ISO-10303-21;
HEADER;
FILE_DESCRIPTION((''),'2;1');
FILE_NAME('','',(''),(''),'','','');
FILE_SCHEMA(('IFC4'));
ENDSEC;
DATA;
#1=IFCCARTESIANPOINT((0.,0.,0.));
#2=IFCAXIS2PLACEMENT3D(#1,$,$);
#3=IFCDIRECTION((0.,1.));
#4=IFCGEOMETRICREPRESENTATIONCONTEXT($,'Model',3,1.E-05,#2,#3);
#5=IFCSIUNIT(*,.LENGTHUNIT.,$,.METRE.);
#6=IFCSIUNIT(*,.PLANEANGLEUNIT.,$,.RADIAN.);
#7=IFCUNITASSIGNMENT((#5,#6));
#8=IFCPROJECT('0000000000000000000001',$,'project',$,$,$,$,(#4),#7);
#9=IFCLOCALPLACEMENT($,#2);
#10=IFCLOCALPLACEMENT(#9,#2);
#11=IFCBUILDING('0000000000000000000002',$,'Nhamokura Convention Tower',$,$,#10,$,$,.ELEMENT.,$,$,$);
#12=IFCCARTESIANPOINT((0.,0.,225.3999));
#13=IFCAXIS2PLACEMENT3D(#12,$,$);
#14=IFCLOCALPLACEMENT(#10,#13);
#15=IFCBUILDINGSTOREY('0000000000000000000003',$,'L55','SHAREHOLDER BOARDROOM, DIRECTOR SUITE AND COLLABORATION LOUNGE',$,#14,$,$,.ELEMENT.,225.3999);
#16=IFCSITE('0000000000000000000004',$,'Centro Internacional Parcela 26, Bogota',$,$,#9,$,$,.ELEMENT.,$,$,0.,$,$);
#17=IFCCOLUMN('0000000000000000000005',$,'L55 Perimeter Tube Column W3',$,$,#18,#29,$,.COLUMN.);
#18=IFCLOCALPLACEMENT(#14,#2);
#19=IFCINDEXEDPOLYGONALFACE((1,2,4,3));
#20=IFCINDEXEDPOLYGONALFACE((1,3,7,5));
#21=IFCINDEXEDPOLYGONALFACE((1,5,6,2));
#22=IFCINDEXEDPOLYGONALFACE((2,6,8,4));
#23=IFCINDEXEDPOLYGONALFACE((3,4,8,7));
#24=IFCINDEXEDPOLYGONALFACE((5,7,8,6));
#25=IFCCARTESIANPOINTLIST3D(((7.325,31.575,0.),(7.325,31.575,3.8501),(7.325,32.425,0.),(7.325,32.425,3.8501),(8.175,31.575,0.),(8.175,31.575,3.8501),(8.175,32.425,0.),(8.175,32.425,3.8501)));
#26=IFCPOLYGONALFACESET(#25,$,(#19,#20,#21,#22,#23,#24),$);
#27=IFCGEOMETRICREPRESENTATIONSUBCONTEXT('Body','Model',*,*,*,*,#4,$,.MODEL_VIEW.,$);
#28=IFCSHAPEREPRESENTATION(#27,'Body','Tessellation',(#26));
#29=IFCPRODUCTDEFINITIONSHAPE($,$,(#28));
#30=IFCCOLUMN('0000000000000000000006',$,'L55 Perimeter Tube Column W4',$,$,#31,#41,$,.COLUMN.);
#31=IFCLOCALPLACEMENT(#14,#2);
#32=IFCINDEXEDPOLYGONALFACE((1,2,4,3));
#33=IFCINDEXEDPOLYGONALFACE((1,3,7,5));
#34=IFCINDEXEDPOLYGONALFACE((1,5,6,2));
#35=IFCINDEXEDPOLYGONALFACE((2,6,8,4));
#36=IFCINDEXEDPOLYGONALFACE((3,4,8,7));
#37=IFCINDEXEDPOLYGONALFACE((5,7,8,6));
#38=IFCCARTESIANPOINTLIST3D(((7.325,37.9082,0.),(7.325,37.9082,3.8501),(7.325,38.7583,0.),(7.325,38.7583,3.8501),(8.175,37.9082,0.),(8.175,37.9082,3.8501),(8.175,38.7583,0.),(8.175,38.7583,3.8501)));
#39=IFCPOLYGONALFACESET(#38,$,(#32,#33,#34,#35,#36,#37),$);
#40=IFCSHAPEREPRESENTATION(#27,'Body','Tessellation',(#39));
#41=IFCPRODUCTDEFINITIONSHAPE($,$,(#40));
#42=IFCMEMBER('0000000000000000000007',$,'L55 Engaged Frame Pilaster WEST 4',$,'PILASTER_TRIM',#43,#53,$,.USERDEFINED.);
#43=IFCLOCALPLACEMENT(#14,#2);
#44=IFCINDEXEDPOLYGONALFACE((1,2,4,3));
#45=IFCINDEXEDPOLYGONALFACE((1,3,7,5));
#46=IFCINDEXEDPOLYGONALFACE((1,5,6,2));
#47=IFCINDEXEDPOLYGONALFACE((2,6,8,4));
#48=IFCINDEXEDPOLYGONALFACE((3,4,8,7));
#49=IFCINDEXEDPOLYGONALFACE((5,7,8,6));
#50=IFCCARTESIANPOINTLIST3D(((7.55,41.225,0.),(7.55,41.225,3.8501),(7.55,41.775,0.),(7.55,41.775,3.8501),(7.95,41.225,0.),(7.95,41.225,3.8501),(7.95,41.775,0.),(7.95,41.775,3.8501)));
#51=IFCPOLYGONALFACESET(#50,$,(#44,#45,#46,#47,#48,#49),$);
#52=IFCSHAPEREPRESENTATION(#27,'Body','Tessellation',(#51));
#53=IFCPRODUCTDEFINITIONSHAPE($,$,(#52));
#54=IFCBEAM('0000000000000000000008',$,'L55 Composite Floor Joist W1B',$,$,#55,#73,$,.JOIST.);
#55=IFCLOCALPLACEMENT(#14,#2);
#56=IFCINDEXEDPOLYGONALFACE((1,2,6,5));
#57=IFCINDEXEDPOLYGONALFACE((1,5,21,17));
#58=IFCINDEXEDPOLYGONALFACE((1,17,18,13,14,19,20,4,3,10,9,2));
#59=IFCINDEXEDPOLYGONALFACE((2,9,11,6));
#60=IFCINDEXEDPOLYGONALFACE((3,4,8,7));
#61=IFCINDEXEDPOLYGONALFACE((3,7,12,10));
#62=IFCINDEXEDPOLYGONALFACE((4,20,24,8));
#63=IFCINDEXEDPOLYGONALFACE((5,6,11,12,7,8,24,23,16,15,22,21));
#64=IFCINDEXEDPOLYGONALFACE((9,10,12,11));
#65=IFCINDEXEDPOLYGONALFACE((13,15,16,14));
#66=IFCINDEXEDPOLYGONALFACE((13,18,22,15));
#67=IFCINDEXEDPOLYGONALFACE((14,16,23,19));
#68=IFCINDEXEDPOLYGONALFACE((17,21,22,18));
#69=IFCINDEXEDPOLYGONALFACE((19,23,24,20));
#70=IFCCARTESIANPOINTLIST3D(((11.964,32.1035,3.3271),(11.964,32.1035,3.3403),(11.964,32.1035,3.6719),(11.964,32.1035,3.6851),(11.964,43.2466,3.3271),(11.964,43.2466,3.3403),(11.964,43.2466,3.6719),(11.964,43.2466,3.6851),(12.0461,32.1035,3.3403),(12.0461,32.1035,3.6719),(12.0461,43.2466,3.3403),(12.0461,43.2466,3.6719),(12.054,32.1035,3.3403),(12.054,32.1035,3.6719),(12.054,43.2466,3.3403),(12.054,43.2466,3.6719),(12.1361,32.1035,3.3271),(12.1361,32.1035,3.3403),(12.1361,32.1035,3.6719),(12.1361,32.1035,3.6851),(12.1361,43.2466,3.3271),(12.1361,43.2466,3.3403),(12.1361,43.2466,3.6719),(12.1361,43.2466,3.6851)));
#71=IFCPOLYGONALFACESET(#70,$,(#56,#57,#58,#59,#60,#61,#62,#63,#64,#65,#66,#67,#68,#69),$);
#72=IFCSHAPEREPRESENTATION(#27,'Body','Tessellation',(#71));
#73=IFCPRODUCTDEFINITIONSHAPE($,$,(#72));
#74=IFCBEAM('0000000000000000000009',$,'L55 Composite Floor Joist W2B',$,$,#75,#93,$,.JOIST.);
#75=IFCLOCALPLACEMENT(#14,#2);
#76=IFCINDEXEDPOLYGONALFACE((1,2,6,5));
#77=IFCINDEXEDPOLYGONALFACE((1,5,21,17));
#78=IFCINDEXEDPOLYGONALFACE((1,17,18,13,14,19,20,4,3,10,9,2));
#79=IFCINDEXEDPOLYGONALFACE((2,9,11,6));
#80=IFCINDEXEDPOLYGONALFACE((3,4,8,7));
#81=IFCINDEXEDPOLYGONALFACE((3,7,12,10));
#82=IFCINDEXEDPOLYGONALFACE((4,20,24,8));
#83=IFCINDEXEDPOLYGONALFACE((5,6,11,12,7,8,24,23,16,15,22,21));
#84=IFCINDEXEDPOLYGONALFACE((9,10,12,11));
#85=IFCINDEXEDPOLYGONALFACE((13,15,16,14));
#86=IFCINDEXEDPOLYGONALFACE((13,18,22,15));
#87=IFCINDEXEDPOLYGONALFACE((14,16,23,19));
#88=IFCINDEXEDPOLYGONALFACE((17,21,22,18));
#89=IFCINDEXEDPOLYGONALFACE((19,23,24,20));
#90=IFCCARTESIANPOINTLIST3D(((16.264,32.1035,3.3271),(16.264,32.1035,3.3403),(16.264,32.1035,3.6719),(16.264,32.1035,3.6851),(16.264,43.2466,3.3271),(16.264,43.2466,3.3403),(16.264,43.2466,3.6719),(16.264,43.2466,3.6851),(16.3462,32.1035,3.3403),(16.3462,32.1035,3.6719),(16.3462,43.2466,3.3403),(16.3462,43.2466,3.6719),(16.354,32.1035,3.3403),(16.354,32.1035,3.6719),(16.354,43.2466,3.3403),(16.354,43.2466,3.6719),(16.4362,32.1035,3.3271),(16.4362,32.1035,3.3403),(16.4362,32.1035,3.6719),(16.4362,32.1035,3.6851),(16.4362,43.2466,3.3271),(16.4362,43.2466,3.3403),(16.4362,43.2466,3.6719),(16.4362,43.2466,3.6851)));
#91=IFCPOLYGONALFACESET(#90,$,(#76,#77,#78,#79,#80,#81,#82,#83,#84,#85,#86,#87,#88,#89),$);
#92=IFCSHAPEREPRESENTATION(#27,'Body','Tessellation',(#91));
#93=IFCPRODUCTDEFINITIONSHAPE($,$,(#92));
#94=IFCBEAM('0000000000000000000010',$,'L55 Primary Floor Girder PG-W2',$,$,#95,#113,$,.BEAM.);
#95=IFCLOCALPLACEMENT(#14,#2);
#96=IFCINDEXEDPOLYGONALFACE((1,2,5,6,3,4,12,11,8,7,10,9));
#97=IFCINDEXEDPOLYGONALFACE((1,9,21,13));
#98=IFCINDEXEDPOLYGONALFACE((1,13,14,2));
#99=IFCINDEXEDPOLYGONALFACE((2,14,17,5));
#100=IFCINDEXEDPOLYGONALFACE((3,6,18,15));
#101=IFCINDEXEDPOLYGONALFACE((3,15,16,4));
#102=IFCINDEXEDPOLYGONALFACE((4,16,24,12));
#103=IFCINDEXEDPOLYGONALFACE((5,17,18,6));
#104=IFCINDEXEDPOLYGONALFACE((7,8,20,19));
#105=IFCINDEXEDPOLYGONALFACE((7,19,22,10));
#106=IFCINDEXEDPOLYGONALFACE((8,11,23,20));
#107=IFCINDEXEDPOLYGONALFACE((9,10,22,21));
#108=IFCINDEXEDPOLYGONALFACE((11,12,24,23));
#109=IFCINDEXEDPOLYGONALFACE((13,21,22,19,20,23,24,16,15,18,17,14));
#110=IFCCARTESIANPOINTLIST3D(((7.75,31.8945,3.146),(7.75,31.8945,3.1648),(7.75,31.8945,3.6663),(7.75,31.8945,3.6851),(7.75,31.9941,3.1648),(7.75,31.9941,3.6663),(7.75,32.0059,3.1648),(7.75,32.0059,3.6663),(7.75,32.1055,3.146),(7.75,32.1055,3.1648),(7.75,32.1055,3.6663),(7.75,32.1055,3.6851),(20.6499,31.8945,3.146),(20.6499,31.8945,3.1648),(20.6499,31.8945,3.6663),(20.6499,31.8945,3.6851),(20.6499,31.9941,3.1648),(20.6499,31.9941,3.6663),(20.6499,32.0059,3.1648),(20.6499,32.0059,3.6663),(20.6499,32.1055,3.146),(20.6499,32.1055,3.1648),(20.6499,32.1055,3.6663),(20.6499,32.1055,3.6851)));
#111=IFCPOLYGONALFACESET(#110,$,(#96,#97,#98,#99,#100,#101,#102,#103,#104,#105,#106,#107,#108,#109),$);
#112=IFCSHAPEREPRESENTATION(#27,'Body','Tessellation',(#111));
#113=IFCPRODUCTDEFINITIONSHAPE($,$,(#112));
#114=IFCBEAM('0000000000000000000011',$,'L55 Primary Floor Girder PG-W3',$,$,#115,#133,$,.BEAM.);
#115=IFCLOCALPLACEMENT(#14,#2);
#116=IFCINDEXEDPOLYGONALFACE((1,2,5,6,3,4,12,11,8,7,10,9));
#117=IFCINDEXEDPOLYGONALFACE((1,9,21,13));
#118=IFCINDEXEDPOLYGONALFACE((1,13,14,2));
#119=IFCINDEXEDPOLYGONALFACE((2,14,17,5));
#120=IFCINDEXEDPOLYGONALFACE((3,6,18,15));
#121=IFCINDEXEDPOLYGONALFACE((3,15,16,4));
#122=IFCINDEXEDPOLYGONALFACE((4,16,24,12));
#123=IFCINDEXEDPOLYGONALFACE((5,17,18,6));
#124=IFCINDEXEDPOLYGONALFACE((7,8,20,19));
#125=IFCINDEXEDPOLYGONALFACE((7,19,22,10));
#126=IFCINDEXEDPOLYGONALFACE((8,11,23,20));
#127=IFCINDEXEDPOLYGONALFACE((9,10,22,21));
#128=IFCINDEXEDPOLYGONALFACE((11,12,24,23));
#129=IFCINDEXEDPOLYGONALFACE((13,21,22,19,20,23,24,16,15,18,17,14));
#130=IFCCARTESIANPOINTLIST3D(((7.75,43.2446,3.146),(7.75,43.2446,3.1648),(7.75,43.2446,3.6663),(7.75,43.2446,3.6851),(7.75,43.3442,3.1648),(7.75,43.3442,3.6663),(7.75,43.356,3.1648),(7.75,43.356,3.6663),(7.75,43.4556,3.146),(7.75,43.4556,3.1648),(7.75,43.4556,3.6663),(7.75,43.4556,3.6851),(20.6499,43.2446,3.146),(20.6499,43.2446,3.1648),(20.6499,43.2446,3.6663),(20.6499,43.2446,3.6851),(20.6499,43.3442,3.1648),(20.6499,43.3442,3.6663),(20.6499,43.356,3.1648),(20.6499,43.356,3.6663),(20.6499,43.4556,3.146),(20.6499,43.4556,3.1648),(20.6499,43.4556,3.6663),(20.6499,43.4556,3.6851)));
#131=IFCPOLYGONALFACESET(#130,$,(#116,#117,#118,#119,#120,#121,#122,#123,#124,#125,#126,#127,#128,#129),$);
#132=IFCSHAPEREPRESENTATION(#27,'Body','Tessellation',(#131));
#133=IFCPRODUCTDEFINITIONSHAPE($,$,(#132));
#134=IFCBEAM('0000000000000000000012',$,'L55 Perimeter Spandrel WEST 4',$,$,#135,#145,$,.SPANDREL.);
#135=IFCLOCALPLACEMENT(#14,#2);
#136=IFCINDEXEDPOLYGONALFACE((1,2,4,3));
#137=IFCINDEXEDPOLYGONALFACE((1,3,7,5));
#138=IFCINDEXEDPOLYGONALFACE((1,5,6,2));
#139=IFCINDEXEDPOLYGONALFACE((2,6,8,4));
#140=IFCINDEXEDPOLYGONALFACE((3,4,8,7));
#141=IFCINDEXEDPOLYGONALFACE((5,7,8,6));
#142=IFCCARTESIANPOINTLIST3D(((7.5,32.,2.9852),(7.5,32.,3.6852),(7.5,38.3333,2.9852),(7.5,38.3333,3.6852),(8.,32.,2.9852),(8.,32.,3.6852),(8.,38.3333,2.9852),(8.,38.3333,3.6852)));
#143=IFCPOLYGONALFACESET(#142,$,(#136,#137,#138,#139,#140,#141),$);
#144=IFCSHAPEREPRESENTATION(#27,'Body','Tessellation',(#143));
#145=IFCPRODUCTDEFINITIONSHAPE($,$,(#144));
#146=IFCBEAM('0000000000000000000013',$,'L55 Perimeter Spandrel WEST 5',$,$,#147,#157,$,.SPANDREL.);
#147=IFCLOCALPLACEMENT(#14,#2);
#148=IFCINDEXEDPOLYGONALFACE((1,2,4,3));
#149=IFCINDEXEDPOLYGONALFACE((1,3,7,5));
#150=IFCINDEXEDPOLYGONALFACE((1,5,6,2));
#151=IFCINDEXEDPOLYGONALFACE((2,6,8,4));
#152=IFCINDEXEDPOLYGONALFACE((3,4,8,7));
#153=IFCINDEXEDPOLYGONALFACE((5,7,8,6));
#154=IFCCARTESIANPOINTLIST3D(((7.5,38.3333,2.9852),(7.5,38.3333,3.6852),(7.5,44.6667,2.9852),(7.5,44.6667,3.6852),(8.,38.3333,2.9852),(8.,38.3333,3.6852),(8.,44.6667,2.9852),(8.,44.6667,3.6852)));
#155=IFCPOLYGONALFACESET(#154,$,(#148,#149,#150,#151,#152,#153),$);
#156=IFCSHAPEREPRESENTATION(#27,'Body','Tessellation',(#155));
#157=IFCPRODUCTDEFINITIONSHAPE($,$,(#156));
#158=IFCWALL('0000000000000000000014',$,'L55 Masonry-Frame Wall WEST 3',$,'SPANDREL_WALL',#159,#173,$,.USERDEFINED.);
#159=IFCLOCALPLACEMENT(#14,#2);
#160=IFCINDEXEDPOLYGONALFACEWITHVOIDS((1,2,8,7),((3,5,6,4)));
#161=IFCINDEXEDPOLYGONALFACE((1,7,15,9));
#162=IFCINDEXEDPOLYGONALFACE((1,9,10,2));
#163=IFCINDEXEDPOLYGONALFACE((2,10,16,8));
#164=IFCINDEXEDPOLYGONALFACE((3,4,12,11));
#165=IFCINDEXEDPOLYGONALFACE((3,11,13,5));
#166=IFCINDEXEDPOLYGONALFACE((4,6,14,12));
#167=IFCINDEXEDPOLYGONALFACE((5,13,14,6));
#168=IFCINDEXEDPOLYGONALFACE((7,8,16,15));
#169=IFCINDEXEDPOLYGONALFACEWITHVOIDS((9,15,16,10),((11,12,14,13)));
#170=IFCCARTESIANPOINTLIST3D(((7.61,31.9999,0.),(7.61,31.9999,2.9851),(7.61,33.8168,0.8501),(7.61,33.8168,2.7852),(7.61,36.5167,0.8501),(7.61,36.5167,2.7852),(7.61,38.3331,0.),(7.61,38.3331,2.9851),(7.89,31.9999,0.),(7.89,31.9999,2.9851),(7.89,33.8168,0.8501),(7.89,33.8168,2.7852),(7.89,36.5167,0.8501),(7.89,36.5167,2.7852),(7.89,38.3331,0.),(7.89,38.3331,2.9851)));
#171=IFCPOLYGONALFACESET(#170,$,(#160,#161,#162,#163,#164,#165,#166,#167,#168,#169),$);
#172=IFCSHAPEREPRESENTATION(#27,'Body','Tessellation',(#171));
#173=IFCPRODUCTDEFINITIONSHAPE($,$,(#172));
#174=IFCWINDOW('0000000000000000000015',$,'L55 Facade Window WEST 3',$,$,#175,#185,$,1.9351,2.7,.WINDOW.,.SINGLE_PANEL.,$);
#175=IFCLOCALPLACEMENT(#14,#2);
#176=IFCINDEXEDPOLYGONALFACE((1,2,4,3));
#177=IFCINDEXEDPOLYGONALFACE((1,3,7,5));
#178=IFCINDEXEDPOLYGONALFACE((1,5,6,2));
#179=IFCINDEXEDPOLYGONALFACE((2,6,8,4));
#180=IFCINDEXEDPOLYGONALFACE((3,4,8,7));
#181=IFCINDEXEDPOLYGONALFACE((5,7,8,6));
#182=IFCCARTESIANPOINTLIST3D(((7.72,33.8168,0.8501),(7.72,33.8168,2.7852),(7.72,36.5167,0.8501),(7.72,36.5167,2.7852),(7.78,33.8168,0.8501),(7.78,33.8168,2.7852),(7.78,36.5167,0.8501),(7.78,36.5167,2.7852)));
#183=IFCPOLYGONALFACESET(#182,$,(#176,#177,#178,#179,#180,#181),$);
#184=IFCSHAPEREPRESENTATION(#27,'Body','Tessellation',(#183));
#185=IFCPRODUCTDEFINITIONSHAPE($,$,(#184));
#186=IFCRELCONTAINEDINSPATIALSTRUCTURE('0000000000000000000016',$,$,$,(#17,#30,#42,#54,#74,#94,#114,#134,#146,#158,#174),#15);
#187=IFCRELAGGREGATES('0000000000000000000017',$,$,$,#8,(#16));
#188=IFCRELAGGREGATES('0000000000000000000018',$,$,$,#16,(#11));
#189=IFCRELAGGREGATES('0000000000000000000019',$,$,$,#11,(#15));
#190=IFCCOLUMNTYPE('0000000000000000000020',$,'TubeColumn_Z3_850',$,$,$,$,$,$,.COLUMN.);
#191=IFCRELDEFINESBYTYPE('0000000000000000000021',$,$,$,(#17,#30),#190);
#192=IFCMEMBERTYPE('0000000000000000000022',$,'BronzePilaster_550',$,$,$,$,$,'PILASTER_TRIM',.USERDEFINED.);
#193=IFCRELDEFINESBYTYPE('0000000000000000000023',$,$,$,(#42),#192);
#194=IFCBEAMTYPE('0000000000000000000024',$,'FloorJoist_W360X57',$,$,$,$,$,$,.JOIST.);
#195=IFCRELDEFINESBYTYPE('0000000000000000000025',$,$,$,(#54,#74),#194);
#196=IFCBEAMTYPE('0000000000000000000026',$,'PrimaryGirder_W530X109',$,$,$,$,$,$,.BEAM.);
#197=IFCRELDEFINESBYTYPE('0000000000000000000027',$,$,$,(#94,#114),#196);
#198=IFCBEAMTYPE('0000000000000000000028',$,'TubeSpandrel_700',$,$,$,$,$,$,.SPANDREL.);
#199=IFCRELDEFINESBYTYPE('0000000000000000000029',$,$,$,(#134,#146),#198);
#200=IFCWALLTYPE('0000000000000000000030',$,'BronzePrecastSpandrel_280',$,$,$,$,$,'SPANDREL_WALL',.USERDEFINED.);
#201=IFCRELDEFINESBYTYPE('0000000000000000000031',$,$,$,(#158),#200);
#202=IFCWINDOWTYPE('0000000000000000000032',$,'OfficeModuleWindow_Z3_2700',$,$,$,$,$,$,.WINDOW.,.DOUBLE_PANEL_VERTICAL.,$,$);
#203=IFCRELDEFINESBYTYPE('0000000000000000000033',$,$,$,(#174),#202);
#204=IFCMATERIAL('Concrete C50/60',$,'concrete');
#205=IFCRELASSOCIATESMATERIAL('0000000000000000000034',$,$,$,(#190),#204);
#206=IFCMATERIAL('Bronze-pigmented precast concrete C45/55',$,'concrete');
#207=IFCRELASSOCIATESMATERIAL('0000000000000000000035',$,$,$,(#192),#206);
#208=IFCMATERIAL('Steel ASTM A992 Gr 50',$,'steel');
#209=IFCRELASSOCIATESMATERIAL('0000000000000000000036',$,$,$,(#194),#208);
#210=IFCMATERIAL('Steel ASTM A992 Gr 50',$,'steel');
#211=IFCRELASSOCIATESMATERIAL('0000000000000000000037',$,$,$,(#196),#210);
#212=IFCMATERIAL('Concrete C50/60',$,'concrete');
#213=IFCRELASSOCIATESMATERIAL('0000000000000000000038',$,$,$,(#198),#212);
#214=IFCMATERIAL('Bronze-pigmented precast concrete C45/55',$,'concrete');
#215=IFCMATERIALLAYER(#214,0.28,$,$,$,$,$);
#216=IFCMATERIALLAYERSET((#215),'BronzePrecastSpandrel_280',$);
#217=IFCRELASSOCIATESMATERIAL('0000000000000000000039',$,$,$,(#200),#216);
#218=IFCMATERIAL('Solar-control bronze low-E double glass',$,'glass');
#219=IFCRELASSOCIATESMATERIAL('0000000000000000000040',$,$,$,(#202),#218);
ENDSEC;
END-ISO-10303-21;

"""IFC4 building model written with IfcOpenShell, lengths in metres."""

from ifc_helpers import new_model, si_unit, direction, frame, frame_2d, origin, origin_2d, place, context, subcontext, project, spatial, rectangle, i_section, extrude, material, layer, layer_set, material_profile, profile_set, type_object, element, fill, save


model = new_model("IFC4")

# Units and contexts
model_context = context("Model", 3, precision=1e-05, world=origin(), true_north=direction((0.0, 1.0)))
body_context = subcontext(model_context, "Body", "Model", "MODEL_VIEW")
ifc_project = project(units=[si_unit("LENGTHUNIT", "METRE"), si_unit("PLANEANGLEUNIT", "RADIAN")], contexts=[model_context])

# Site, building, storey
site_placement = place(None, origin())
site = spatial("IfcSite", under=ifc_project, at=site_placement, Name="Centro Internacional Parcela 26, Bogota", CompositionType="ELEMENT", RefElevation=0.0)
building_placement = place(site_placement, origin())
building = spatial("IfcBuilding", under=site, at=building_placement, Name="Nhamokura Convention Tower", CompositionType="ELEMENT")
storey_placement = place(building_placement, frame((0.0, 0.0, 225.3999)))
storey = spatial("IfcBuildingStorey", under=building, at=storey_placement, Name="L55", Description="SHAREHOLDER BOARDROOM, DIRECTOR SUITE AND COLLABORATION LOUNGE", CompositionType="ELEMENT", Elevation=225.3999)

# Columns
ifc_material_1 = material(Name="Concrete C50/60", Category="concrete")
ifc_material_profile_1 = material_profile(ifc_material_1, rectangle(XDim=0.8501, YDim=0.8501, at=origin_2d()))
ifc_profile_set_1 = profile_set([ifc_material_profile_1], Name="Concrete C50/60")
column_type = type_object("IfcColumnType", Name="TubeColumn_Z3_850", PredefinedType="COLUMN", material=ifc_profile_set_1)
for number, where, z_axis, x_axis, name in (
    (1, (7.75, 32.0, 0.0), (0.0, 0.0, 1.0), (1.0, 0.0, 0.0), "L55 Perimeter Tube Column W3"),
    (2, (7.75, 38.3333, 0.0), (0.0, 0.0, 1.0), (1.0, 0.0, 0.0), "L55 Perimeter Tube Column W4"),
):
    element("IfcColumn", number, at=place(storey_placement, frame(where, z_axis=z_axis, x_axis=x_axis)), inside=storey, type_object=column_type, Name=name, PredefinedType="COLUMN", context=body_context, shape_type="SweptSolid", body=[
        extrude(rectangle(XDim=0.8501, YDim=0.8501, at=origin_2d()), origin(), (0.0, 0.0, 1.0), 3.8501),
    ])

# Member
ifc_material_2 = material(Name="Bronze-pigmented precast concrete C45/55", Category="concrete")
ifc_material_profile_2 = material_profile(ifc_material_2, rectangle(XDim=0.3999, YDim=0.55, at=origin_2d()))
ifc_profile_set_2 = profile_set([ifc_material_profile_2], Name="Bronze-pigmented precast concrete C45/55")
member_type = type_object("IfcMemberType", Name="BronzePilaster_550", ElementType="PILASTER_TRIM", PredefinedType="USERDEFINED", material=ifc_profile_set_2)
member_placement = place(storey_placement, frame((7.75, 41.5, 0.0), z_axis=(0.0, 0.0, 1.0), x_axis=(1.0, 0.0, 0.0)))
element("IfcMember", 3, at=member_placement, inside=storey, type_object=member_type, Name="L55 Engaged Frame Pilaster WEST 4", ObjectType="PILASTER_TRIM", PredefinedType="USERDEFINED", context=body_context, shape_type="SweptSolid", body=[
    extrude(rectangle(XDim=0.3999, YDim=0.55, at=origin_2d()), origin(), (0.0, 0.0, 1.0), 3.8501),
])

# Beams
ifc_material_3 = material(Name="Steel ASTM A992 Gr 50", Category="steel")
ifc_material_profile_3 = material_profile(ifc_material_3, i_section(OverallWidth=0.1721, OverallDepth=0.3579, WebThickness=0.0078, FlangeThickness=0.0132, at=origin_2d()))
ifc_profile_set_3 = profile_set([ifc_material_profile_3], Name="Steel ASTM A992 Gr 50")
beam_type_1 = type_object("IfcBeamType", Name="FloorJoist_W360X57", PredefinedType="JOIST", material=ifc_profile_set_3)
for number, where, z_axis, x_axis, name in (
    (4, (12.05, 32.1035, 3.5061), (0.0, 1.0, 0.0), (-1.0, 0.0, 0.0), "L55 Composite Floor Joist W1B"),
    (5, (16.3501, 32.1035, 3.5061), (0.0, 1.0, 0.0), (-1.0, 0.0, 0.0), "L55 Composite Floor Joist W2B"),
):
    element("IfcBeam", number, at=place(storey_placement, frame(where, z_axis=z_axis, x_axis=x_axis)), inside=storey, type_object=beam_type_1, Name=name, PredefinedType="JOIST", context=body_context, shape_type="SweptSolid", body=[
        extrude(i_section(OverallWidth=0.1721, OverallDepth=0.3579, WebThickness=0.0078, FlangeThickness=0.0132, at=origin_2d()), origin(), (0.0, 0.0, 1.0), 11.1431),
    ])
ifc_material_4 = material(Name="Steel ASTM A992 Gr 50", Category="steel")
ifc_material_profile_4 = material_profile(ifc_material_4, i_section(OverallWidth=0.2109, OverallDepth=0.5391, WebThickness=0.0117, FlangeThickness=0.0188, at=origin_2d()))
ifc_profile_set_4 = profile_set([ifc_material_profile_4], Name="Steel ASTM A992 Gr 50")
beam_type_2 = type_object("IfcBeamType", Name="PrimaryGirder_W530X109", PredefinedType="BEAM", material=ifc_profile_set_4)
for number, where, z_axis, x_axis, name in (
    (6, (7.75, 32.0, 3.4155), (1.0, 0.0, 0.0), (0.0, 1.0, 0.0), "L55 Primary Floor Girder PG-W2"),
    (7, (7.75, 43.3501, 3.4155), (1.0, 0.0, 0.0), (0.0, 1.0, 0.0), "L55 Primary Floor Girder PG-W3"),
):
    element("IfcBeam", number, at=place(storey_placement, frame(where, z_axis=z_axis, x_axis=x_axis)), inside=storey, type_object=beam_type_2, Name=name, PredefinedType="BEAM", context=body_context, shape_type="SweptSolid", body=[
        extrude(i_section(OverallWidth=0.2109, OverallDepth=0.5391, WebThickness=0.0117, FlangeThickness=0.0188, at=origin_2d()), origin(), (0.0, 0.0, 1.0), 12.8999),
    ])
ifc_material_5 = material(Name="Concrete C50/60", Category="concrete")
ifc_material_profile_5 = material_profile(ifc_material_5, rectangle(XDim=0.5, YDim=0.7, at=origin_2d()))
ifc_profile_set_5 = profile_set([ifc_material_profile_5], Name="Concrete C50/60")
beam_type_3 = type_object("IfcBeamType", Name="TubeSpandrel_700", PredefinedType="SPANDREL", material=ifc_profile_set_5)
beam_1_placement = place(storey_placement, frame((7.75, 32.0, 3.3352), z_axis=(0.0, 1.0, 0.0), x_axis=(-1.0, 0.0, 0.0)))
element("IfcBeam", 8, at=beam_1_placement, inside=storey, type_object=beam_type_3, Name="L55 Perimeter Spandrel WEST 4", PredefinedType="SPANDREL", context=body_context, shape_type="SweptSolid", body=[
    extrude(rectangle(XDim=0.5, YDim=0.7, at=origin_2d()), origin(), (0.0, 0.0, 1.0), 6.3333),
])
beam_2_placement = place(storey_placement, frame((7.75, 38.3333, 3.3352), z_axis=(0.0, 1.0, 0.0), x_axis=(-1.0, 0.0, 0.0)))
element("IfcBeam", 9, at=beam_2_placement, inside=storey, type_object=beam_type_3, Name="L55 Perimeter Spandrel WEST 5", PredefinedType="SPANDREL", context=body_context, shape_type="SweptSolid", body=[
    extrude(rectangle(XDim=0.5, YDim=0.7, at=origin_2d()), origin(), (0.0, 0.0, 1.0), 6.3335),
])

# Wall, opening, window
ifc_material_6 = material(Name="Bronze-pigmented precast concrete C45/55", Category="concrete")
ifc_layer_1 = layer(ifc_material_6, 0.28)
ifc_layer_set_1 = layer_set([ifc_layer_1], Name="BronzePrecastSpandrel_280")
wall_type_1 = type_object("IfcWallType", Name="BronzePrecastSpandrel_280", ElementType="SPANDREL_WALL", PredefinedType="USERDEFINED", material=ifc_layer_set_1)
wall_1_placement = place(storey_placement, frame((7.75, 32.0, 0.0), z_axis=(0.0, 0.0, 1.0), x_axis=(0.0, 1.0, 0.0)))
wall_1 = element("IfcWall", 10, at=wall_1_placement, inside=storey, type_object=wall_type_1, Name="L55 Masonry-Frame Wall WEST 3", ObjectType="SPANDREL_WALL", PredefinedType="USERDEFINED", context=body_context, shape_type="SweptSolid", body=[
    extrude(rectangle(XDim=6.3333, YDim=0.28, at=frame_2d((3.1665, 0.0))), origin(), (0.0, 0.0, 1.0), 2.9851),
])
opening_1_placement = place(wall_1_placement, frame((1.8167, 0.0, 0.8501)))
opening_1 = element("IfcOpeningElement", 11, at=opening_1_placement, cuts=wall_1, PredefinedType="OPENING", context=body_context, shape_type="SweptSolid", body=[
    extrude(rectangle(XDim=2.7, YDim=1.9351, at=frame_2d((1.3501, 0.9675))), frame((0.0, 0.1499, 0.0), z_axis=(0.0, -1.0, 0.0), x_axis=(1.0, 0.0, 0.0)), (0.0, 0.0, 1.0), 0.3),
])
ifc_material_7 = material(Name="Solar-control bronze low-E double glass", Category="glass")
window_type_1 = type_object("IfcWindowType", Name="OfficeModuleWindow_Z3_2700", PartitioningType="DOUBLE_PANEL_VERTICAL", PredefinedType="WINDOW", material=ifc_material_7)
window_1_placement = place(opening_1_placement, origin())
window_1 = element("IfcWindow", 12, at=window_1_placement, inside=storey, type_object=window_type_1, Name="L55 Facade Window WEST 3", OverallHeight=1.9351, OverallWidth=2.7, PartitioningType="SINGLE_PANEL", PredefinedType="WINDOW", context=body_context, shape_type="SweptSolid", body=[
    extrude(rectangle(XDim=2.7, YDim=1.9351, at=frame_2d((1.3501, 0.9675))), frame((0.0, 0.03, 0.0), z_axis=(0.0, -1.0, 0.0), x_axis=(1.0, 0.0, 0.0)), (0.0, 0.0, 1.0), 0.0601),
])
fill(opening_1, window_1)

save(model, "model.ifc")
